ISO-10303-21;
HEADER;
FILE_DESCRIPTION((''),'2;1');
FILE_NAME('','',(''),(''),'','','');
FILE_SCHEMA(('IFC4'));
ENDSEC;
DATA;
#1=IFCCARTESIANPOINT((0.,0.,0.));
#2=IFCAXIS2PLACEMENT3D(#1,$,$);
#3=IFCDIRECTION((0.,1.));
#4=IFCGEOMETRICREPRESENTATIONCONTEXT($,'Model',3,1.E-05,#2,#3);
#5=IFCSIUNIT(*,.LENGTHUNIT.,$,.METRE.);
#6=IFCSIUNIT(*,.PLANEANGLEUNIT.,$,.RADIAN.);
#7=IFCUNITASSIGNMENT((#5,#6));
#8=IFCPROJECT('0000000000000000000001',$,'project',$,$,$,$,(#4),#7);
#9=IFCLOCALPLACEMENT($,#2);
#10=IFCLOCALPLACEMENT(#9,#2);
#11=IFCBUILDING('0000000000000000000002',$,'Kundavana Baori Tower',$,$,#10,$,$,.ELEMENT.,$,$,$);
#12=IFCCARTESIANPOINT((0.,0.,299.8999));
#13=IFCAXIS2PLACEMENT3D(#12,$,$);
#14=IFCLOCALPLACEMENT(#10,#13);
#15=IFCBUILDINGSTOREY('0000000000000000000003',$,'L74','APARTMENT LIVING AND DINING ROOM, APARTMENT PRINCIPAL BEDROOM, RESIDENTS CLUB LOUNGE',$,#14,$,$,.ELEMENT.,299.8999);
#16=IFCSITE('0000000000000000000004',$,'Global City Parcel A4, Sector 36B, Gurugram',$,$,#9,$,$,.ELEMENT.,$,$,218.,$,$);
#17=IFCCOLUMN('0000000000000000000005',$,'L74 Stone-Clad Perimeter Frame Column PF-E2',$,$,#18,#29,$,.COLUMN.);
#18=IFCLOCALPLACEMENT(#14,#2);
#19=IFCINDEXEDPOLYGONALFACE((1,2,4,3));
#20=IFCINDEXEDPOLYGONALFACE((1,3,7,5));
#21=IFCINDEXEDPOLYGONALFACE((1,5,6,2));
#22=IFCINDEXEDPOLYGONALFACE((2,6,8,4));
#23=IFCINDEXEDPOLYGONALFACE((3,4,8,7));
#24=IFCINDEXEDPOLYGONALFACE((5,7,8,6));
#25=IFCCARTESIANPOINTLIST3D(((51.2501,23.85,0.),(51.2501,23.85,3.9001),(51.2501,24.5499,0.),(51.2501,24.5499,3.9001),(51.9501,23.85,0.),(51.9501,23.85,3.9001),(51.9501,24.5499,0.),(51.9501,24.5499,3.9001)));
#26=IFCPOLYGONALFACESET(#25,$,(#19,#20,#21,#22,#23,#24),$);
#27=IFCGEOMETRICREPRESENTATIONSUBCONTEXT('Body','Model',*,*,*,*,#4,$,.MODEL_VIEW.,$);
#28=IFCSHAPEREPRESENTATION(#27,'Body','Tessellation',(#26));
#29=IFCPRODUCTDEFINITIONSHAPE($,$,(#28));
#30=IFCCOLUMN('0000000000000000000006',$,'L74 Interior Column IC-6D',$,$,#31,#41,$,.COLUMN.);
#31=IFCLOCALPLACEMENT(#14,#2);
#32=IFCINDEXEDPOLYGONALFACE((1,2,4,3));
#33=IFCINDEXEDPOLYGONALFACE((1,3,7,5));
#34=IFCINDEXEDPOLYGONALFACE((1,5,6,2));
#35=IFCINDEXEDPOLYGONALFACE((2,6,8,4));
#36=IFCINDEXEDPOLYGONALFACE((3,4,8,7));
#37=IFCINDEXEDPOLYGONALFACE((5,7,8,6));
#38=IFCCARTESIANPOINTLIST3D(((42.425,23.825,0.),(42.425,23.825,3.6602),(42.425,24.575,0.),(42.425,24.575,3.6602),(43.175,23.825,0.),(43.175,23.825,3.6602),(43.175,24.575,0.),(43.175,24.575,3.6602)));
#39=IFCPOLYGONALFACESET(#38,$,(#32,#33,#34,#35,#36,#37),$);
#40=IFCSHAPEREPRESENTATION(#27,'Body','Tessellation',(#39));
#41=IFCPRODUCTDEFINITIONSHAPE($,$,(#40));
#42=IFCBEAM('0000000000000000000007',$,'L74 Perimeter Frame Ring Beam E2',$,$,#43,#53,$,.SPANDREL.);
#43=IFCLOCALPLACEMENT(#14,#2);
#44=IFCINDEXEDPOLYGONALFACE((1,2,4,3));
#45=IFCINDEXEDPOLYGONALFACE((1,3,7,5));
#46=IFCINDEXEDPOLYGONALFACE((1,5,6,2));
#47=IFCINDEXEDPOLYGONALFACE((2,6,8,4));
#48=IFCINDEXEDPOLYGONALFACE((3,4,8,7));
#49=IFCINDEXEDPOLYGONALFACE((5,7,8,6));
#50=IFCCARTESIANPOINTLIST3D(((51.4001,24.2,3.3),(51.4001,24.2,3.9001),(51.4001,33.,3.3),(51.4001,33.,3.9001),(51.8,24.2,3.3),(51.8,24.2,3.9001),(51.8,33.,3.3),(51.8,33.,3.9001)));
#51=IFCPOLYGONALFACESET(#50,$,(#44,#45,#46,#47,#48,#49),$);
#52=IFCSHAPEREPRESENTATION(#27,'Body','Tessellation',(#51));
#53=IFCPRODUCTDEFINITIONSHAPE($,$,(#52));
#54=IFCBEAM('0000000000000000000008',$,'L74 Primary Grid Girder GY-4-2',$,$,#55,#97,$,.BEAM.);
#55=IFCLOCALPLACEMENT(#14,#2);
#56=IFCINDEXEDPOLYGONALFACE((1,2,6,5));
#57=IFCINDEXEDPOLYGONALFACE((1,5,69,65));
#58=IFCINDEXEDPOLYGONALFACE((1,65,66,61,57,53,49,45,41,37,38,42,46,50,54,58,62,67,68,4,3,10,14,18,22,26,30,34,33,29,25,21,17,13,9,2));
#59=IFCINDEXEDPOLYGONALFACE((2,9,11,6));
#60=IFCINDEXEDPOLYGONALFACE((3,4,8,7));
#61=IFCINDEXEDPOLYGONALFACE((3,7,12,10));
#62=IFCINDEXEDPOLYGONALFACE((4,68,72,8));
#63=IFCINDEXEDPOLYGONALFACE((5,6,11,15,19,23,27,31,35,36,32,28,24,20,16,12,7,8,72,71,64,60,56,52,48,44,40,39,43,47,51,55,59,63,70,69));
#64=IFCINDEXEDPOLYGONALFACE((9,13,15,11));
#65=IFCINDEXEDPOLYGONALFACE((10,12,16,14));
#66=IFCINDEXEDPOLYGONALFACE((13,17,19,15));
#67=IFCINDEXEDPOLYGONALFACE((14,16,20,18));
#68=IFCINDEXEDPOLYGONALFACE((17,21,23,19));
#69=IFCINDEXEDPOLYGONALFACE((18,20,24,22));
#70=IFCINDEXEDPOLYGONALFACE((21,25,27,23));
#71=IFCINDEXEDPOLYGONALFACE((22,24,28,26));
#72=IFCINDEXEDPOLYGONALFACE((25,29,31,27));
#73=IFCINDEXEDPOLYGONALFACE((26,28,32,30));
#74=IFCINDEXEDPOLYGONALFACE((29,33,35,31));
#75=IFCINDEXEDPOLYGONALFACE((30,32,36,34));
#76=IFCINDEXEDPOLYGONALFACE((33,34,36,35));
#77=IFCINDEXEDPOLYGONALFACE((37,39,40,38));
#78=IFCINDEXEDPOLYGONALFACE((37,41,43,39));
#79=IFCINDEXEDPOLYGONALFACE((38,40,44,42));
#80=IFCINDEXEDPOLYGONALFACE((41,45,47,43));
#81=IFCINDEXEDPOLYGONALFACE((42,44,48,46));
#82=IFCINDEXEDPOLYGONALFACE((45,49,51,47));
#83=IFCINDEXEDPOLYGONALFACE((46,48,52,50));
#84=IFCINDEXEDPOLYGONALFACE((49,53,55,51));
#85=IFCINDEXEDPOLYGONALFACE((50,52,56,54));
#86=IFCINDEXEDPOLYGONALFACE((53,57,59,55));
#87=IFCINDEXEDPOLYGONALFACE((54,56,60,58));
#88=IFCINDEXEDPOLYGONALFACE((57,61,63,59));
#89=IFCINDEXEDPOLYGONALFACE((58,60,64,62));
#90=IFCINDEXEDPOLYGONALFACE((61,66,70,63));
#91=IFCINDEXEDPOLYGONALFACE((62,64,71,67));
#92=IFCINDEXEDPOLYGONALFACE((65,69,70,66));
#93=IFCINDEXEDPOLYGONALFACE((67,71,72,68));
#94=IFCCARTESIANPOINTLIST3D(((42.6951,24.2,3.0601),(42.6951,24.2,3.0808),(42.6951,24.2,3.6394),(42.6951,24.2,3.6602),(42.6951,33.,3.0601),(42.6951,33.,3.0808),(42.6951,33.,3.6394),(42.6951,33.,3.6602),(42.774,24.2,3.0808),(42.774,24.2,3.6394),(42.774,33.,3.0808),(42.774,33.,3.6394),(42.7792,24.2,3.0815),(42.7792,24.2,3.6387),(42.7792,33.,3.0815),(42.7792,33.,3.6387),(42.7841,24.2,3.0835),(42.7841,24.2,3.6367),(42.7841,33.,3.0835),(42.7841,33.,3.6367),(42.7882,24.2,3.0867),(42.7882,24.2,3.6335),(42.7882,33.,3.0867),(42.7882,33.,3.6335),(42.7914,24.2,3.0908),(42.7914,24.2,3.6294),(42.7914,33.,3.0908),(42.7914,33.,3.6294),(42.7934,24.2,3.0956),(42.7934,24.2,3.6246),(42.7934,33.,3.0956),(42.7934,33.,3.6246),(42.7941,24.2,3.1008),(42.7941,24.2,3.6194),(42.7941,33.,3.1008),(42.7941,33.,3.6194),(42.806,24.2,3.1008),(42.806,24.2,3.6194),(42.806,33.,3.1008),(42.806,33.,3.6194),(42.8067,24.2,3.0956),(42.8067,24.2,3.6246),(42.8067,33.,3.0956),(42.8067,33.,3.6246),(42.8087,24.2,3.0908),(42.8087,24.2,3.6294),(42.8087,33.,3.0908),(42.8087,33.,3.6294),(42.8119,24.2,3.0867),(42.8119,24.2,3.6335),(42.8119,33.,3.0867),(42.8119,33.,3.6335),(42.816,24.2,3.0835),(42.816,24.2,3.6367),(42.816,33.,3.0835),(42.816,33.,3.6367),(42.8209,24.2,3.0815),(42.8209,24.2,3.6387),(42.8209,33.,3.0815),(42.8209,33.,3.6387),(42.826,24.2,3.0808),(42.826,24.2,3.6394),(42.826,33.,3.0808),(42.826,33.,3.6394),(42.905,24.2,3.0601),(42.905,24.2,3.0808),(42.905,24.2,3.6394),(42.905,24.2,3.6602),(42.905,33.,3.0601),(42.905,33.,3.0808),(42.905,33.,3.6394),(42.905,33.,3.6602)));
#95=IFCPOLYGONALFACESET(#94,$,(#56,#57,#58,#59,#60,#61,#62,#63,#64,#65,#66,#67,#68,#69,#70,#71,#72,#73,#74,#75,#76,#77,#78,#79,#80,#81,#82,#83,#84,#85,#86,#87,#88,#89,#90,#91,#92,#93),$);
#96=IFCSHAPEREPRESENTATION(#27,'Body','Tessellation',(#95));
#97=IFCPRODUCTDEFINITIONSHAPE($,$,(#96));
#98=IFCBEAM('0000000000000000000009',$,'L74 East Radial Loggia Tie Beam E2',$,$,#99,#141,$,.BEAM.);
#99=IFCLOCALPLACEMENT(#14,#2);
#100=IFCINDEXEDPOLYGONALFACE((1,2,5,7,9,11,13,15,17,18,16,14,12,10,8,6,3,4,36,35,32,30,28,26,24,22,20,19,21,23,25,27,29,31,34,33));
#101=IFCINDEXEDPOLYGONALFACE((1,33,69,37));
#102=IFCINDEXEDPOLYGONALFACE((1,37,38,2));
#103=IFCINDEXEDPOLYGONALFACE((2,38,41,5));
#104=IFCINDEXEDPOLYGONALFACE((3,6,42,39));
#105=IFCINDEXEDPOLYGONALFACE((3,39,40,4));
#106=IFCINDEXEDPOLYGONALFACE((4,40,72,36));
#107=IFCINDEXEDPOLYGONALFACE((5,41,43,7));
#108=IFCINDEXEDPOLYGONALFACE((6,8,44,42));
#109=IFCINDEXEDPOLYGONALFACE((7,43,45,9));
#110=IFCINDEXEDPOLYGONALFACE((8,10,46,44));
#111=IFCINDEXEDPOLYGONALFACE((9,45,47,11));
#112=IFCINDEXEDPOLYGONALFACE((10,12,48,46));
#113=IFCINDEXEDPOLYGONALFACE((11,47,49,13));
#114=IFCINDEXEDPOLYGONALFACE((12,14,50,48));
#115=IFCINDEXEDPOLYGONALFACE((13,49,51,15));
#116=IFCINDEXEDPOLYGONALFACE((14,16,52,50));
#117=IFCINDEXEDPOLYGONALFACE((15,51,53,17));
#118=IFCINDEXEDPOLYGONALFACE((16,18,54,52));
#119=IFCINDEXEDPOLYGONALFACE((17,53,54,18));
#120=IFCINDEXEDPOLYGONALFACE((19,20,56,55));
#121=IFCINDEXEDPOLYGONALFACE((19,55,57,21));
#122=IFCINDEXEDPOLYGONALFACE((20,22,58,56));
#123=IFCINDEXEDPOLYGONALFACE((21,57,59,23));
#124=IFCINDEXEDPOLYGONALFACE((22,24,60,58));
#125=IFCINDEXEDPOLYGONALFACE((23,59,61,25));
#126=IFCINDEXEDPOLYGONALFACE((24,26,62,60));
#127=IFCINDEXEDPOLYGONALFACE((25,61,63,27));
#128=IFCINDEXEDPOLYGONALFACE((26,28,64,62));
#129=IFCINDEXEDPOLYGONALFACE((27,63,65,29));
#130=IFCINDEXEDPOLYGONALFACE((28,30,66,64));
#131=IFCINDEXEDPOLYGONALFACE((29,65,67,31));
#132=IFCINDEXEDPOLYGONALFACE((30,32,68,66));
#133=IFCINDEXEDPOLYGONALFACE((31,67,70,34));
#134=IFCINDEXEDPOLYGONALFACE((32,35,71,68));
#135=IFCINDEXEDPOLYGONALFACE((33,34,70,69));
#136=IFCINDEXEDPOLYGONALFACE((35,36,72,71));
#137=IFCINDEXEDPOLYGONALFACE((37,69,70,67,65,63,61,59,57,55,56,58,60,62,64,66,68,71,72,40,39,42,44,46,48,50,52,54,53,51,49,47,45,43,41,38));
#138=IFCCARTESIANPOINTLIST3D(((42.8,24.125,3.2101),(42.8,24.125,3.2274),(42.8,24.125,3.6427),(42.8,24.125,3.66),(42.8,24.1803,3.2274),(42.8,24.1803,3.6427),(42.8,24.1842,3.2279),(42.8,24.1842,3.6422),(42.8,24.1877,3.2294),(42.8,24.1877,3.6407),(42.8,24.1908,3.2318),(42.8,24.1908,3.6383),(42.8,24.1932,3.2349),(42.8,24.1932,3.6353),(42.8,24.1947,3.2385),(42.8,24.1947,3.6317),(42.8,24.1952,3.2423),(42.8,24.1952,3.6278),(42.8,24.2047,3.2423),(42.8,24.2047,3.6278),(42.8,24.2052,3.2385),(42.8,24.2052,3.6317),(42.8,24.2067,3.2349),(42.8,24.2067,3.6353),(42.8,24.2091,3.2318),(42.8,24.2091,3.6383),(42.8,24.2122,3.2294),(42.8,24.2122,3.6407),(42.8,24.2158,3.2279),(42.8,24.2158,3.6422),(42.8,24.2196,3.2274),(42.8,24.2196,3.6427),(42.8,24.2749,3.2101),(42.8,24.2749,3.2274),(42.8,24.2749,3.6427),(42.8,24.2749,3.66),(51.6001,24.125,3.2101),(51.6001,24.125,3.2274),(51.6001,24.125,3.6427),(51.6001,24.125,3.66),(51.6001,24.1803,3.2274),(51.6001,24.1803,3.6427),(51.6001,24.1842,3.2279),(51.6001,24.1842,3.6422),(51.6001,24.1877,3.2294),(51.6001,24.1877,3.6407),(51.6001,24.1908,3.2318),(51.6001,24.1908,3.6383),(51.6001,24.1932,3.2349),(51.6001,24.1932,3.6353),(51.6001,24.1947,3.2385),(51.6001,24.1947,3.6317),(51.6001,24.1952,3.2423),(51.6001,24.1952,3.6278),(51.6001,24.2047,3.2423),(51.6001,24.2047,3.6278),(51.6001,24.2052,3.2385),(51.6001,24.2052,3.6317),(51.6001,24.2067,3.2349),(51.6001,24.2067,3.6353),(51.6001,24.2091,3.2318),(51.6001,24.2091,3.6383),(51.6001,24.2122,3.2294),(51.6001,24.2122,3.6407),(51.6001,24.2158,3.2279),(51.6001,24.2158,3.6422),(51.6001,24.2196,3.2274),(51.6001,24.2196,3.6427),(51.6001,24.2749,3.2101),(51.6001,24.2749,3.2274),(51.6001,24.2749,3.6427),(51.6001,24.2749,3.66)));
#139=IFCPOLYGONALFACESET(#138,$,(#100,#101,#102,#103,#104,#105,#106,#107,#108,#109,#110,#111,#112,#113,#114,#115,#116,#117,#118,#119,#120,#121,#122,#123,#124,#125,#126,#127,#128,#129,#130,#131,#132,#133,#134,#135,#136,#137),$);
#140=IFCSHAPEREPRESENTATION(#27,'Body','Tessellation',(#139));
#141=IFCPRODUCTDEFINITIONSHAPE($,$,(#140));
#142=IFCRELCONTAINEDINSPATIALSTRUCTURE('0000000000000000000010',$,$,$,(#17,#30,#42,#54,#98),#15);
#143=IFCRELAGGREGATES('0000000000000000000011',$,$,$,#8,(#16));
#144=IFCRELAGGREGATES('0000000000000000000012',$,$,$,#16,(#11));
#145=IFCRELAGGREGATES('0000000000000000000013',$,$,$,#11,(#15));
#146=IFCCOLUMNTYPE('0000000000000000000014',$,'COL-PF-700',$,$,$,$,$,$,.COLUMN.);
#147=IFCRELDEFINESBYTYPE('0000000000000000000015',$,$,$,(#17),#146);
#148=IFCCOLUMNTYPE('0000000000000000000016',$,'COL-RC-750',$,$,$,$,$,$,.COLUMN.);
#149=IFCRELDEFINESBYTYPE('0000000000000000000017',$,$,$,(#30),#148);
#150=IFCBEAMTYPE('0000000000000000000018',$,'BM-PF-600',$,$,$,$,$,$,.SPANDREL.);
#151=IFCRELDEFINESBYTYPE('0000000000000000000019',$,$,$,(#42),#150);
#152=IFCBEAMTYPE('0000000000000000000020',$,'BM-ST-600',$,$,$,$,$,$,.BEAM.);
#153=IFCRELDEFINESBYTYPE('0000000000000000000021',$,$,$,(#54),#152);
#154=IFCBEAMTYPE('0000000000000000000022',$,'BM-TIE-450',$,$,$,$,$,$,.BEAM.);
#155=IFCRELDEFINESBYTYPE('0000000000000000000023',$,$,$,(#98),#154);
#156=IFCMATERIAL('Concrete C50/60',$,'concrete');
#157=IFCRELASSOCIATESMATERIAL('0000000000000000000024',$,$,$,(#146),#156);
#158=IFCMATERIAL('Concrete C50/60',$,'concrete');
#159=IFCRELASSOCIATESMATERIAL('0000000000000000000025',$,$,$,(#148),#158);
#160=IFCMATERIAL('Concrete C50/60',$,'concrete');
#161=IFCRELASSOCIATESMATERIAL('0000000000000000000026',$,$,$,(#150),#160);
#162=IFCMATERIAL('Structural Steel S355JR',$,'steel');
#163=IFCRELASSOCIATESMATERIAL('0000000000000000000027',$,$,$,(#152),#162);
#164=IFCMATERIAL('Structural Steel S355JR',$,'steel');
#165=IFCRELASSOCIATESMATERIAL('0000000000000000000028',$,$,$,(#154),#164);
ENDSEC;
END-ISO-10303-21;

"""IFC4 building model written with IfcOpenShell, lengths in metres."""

from ifc_helpers import new_model, si_unit, direction, frame, origin, origin_2d, place, context, subcontext, project, spatial, rectangle, i_section, extrude, material, material_profile, profile_set, type_object, element, save


model = new_model("IFC4")

# Units and contexts
model_context = context("Model", 3, precision=1e-05, world=origin(), true_north=direction((0.0, 1.0)))
body_context = subcontext(model_context, "Body", "Model", "MODEL_VIEW")
ifc_project = project(units=[si_unit("LENGTHUNIT", "METRE"), si_unit("PLANEANGLEUNIT", "RADIAN")], contexts=[model_context])

# Site, building, storey
site_placement = place(None, origin())
site = spatial("IfcSite", under=ifc_project, at=site_placement, Name="Global City Parcel A4, Sector 36B, Gurugram", CompositionType="ELEMENT", RefElevation=218.0)
building_placement = place(site_placement, origin())
building = spatial("IfcBuilding", under=site, at=building_placement, Name="Kundavana Baori Tower", CompositionType="ELEMENT")
storey_placement = place(building_placement, frame((0.0, 0.0, 299.8999)))
storey = spatial("IfcBuildingStorey", under=building, at=storey_placement, Name="L74", Description="APARTMENT LIVING AND DINING ROOM, APARTMENT PRINCIPAL BEDROOM, RESIDENTS CLUB LOUNGE", CompositionType="ELEMENT", Elevation=299.8999)

# Columns
ifc_material_1 = material(Name="Concrete C50/60", Category="concrete")
ifc_material_profile_1 = material_profile(ifc_material_1, rectangle(XDim=0.7, YDim=0.7, at=origin_2d()), Name="RC PF 700x700")
ifc_profile_set_1 = profile_set([ifc_material_profile_1], Name="Concrete C50/60")
column_type_1 = type_object("IfcColumnType", Name="COL-PF-700", PredefinedType="COLUMN", material=ifc_profile_set_1)
column_1_placement = place(storey_placement, frame((51.6001, 24.2, 0.0), z_axis=(0.0, 0.0, 1.0), x_axis=(1.0, 0.0, 0.0)))
element("IfcColumn", 1, at=column_1_placement, inside=storey, type_object=column_type_1, Name="L74 Stone-Clad Perimeter Frame Column PF-E2", PredefinedType="COLUMN", context=body_context, shape_type="SweptSolid", body=[
    extrude(rectangle(XDim=0.7, YDim=0.7, at=origin_2d()), origin(), (0.0, 0.0, 1.0), 3.9001),
])
ifc_material_2 = material(Name="Concrete C50/60", Category="concrete")
ifc_material_profile_2 = material_profile(ifc_material_2, rectangle(XDim=0.75, YDim=0.75, at=origin_2d()), Name="RC 750x750")
ifc_profile_set_2 = profile_set([ifc_material_profile_2], Name="Concrete C50/60")
column_type_2 = type_object("IfcColumnType", Name="COL-RC-750", PredefinedType="COLUMN", material=ifc_profile_set_2)
column_2_placement = place(storey_placement, frame((42.8, 24.2, 0.0), z_axis=(0.0, 0.0, 1.0), x_axis=(1.0, 0.0, 0.0)))
element("IfcColumn", 2, at=column_2_placement, inside=storey, type_object=column_type_2, Name="L74 Interior Column IC-6D", PredefinedType="COLUMN", context=body_context, shape_type="SweptSolid", body=[
    extrude(rectangle(XDim=0.75, YDim=0.75, at=origin_2d()), origin(), (0.0, 0.0, 1.0), 3.6602),
])

# Beams
ifc_material_3 = material(Name="Concrete C50/60", Category="concrete")
ifc_material_profile_3 = material_profile(ifc_material_3, rectangle(XDim=0.3999, YDim=0.6001, at=origin_2d()), Name="RC BM 400x600")
ifc_profile_set_3 = profile_set([ifc_material_profile_3], Name="Concrete C50/60")
beam_type_1 = type_object("IfcBeamType", Name="BM-PF-600", PredefinedType="SPANDREL", material=ifc_profile_set_3)
beam_1_placement = place(storey_placement, frame((51.6001, 24.2, 3.6001), z_axis=(0.0, 1.0, 0.0), x_axis=(-1.0, 0.0, 0.0)))
element("IfcBeam", 3, at=beam_1_placement, inside=storey, type_object=beam_type_1, Name="L74 Perimeter Frame Ring Beam E2", PredefinedType="SPANDREL", context=body_context, shape_type="SweptSolid", body=[
    extrude(rectangle(XDim=0.3999, YDim=0.6001, at=origin_2d()), origin(), (0.0, 0.0, 1.0), 8.8),
])
ifc_material_4 = material(Name="Structural Steel S355JR", Category="steel")
ifc_material_profile_4 = material_profile(ifc_material_4, i_section(OverallWidth=0.21, OverallDepth=0.6001, WebThickness=0.012, FlangeThickness=0.0208, FilletRadius=0.02, at=origin_2d()), Name="ISMB 600")
ifc_profile_set_4 = profile_set([ifc_material_profile_4], Name="Structural Steel S355JR")
beam_type_2 = type_object("IfcBeamType", Name="BM-ST-600", PredefinedType="BEAM", material=ifc_profile_set_4)
beam_2_placement = place(storey_placement, frame((42.8, 24.2, 3.3601), z_axis=(0.0, 1.0, 0.0), x_axis=(-1.0, 0.0, 0.0)))
element("IfcBeam", 4, at=beam_2_placement, inside=storey, type_object=beam_type_2, Name="L74 Primary Grid Girder GY-4-2", PredefinedType="BEAM", context=body_context, shape_type="SweptSolid", body=[
    extrude(i_section(OverallWidth=0.21, OverallDepth=0.6001, WebThickness=0.012, FlangeThickness=0.0208, FilletRadius=0.02, at=origin_2d()), origin(), (0.0, 0.0, 1.0), 8.8),
])
ifc_material_5 = material(Name="Structural Steel S355JR", Category="steel")
ifc_material_profile_5 = material_profile(ifc_material_5, i_section(OverallWidth=0.1499, OverallDepth=0.45, WebThickness=0.0095, FlangeThickness=0.0173, FilletRadius=0.0149, at=origin_2d()), Name="ISMB 450")
ifc_profile_set_5 = profile_set([ifc_material_profile_5], Name="Structural Steel S355JR")
beam_type_3 = type_object("IfcBeamType", Name="BM-TIE-450", PredefinedType="BEAM", material=ifc_profile_set_5)
beam_3_placement = place(storey_placement, frame((42.8, 24.2, 3.4351), z_axis=(1.0, 0.0, 0.0), x_axis=(0.0, 1.0, 0.0)))
element("IfcBeam", 5, at=beam_3_placement, inside=storey, type_object=beam_type_3, Name="L74 East Radial Loggia Tie Beam E2", PredefinedType="BEAM", context=body_context, shape_type="SweptSolid", body=[
    extrude(i_section(OverallWidth=0.1499, OverallDepth=0.45, WebThickness=0.0095, FlangeThickness=0.0173, FilletRadius=0.0149, at=origin_2d()), origin(), (0.0, 0.0, 1.0), 8.8),
])

save(model, "model.ifc")
